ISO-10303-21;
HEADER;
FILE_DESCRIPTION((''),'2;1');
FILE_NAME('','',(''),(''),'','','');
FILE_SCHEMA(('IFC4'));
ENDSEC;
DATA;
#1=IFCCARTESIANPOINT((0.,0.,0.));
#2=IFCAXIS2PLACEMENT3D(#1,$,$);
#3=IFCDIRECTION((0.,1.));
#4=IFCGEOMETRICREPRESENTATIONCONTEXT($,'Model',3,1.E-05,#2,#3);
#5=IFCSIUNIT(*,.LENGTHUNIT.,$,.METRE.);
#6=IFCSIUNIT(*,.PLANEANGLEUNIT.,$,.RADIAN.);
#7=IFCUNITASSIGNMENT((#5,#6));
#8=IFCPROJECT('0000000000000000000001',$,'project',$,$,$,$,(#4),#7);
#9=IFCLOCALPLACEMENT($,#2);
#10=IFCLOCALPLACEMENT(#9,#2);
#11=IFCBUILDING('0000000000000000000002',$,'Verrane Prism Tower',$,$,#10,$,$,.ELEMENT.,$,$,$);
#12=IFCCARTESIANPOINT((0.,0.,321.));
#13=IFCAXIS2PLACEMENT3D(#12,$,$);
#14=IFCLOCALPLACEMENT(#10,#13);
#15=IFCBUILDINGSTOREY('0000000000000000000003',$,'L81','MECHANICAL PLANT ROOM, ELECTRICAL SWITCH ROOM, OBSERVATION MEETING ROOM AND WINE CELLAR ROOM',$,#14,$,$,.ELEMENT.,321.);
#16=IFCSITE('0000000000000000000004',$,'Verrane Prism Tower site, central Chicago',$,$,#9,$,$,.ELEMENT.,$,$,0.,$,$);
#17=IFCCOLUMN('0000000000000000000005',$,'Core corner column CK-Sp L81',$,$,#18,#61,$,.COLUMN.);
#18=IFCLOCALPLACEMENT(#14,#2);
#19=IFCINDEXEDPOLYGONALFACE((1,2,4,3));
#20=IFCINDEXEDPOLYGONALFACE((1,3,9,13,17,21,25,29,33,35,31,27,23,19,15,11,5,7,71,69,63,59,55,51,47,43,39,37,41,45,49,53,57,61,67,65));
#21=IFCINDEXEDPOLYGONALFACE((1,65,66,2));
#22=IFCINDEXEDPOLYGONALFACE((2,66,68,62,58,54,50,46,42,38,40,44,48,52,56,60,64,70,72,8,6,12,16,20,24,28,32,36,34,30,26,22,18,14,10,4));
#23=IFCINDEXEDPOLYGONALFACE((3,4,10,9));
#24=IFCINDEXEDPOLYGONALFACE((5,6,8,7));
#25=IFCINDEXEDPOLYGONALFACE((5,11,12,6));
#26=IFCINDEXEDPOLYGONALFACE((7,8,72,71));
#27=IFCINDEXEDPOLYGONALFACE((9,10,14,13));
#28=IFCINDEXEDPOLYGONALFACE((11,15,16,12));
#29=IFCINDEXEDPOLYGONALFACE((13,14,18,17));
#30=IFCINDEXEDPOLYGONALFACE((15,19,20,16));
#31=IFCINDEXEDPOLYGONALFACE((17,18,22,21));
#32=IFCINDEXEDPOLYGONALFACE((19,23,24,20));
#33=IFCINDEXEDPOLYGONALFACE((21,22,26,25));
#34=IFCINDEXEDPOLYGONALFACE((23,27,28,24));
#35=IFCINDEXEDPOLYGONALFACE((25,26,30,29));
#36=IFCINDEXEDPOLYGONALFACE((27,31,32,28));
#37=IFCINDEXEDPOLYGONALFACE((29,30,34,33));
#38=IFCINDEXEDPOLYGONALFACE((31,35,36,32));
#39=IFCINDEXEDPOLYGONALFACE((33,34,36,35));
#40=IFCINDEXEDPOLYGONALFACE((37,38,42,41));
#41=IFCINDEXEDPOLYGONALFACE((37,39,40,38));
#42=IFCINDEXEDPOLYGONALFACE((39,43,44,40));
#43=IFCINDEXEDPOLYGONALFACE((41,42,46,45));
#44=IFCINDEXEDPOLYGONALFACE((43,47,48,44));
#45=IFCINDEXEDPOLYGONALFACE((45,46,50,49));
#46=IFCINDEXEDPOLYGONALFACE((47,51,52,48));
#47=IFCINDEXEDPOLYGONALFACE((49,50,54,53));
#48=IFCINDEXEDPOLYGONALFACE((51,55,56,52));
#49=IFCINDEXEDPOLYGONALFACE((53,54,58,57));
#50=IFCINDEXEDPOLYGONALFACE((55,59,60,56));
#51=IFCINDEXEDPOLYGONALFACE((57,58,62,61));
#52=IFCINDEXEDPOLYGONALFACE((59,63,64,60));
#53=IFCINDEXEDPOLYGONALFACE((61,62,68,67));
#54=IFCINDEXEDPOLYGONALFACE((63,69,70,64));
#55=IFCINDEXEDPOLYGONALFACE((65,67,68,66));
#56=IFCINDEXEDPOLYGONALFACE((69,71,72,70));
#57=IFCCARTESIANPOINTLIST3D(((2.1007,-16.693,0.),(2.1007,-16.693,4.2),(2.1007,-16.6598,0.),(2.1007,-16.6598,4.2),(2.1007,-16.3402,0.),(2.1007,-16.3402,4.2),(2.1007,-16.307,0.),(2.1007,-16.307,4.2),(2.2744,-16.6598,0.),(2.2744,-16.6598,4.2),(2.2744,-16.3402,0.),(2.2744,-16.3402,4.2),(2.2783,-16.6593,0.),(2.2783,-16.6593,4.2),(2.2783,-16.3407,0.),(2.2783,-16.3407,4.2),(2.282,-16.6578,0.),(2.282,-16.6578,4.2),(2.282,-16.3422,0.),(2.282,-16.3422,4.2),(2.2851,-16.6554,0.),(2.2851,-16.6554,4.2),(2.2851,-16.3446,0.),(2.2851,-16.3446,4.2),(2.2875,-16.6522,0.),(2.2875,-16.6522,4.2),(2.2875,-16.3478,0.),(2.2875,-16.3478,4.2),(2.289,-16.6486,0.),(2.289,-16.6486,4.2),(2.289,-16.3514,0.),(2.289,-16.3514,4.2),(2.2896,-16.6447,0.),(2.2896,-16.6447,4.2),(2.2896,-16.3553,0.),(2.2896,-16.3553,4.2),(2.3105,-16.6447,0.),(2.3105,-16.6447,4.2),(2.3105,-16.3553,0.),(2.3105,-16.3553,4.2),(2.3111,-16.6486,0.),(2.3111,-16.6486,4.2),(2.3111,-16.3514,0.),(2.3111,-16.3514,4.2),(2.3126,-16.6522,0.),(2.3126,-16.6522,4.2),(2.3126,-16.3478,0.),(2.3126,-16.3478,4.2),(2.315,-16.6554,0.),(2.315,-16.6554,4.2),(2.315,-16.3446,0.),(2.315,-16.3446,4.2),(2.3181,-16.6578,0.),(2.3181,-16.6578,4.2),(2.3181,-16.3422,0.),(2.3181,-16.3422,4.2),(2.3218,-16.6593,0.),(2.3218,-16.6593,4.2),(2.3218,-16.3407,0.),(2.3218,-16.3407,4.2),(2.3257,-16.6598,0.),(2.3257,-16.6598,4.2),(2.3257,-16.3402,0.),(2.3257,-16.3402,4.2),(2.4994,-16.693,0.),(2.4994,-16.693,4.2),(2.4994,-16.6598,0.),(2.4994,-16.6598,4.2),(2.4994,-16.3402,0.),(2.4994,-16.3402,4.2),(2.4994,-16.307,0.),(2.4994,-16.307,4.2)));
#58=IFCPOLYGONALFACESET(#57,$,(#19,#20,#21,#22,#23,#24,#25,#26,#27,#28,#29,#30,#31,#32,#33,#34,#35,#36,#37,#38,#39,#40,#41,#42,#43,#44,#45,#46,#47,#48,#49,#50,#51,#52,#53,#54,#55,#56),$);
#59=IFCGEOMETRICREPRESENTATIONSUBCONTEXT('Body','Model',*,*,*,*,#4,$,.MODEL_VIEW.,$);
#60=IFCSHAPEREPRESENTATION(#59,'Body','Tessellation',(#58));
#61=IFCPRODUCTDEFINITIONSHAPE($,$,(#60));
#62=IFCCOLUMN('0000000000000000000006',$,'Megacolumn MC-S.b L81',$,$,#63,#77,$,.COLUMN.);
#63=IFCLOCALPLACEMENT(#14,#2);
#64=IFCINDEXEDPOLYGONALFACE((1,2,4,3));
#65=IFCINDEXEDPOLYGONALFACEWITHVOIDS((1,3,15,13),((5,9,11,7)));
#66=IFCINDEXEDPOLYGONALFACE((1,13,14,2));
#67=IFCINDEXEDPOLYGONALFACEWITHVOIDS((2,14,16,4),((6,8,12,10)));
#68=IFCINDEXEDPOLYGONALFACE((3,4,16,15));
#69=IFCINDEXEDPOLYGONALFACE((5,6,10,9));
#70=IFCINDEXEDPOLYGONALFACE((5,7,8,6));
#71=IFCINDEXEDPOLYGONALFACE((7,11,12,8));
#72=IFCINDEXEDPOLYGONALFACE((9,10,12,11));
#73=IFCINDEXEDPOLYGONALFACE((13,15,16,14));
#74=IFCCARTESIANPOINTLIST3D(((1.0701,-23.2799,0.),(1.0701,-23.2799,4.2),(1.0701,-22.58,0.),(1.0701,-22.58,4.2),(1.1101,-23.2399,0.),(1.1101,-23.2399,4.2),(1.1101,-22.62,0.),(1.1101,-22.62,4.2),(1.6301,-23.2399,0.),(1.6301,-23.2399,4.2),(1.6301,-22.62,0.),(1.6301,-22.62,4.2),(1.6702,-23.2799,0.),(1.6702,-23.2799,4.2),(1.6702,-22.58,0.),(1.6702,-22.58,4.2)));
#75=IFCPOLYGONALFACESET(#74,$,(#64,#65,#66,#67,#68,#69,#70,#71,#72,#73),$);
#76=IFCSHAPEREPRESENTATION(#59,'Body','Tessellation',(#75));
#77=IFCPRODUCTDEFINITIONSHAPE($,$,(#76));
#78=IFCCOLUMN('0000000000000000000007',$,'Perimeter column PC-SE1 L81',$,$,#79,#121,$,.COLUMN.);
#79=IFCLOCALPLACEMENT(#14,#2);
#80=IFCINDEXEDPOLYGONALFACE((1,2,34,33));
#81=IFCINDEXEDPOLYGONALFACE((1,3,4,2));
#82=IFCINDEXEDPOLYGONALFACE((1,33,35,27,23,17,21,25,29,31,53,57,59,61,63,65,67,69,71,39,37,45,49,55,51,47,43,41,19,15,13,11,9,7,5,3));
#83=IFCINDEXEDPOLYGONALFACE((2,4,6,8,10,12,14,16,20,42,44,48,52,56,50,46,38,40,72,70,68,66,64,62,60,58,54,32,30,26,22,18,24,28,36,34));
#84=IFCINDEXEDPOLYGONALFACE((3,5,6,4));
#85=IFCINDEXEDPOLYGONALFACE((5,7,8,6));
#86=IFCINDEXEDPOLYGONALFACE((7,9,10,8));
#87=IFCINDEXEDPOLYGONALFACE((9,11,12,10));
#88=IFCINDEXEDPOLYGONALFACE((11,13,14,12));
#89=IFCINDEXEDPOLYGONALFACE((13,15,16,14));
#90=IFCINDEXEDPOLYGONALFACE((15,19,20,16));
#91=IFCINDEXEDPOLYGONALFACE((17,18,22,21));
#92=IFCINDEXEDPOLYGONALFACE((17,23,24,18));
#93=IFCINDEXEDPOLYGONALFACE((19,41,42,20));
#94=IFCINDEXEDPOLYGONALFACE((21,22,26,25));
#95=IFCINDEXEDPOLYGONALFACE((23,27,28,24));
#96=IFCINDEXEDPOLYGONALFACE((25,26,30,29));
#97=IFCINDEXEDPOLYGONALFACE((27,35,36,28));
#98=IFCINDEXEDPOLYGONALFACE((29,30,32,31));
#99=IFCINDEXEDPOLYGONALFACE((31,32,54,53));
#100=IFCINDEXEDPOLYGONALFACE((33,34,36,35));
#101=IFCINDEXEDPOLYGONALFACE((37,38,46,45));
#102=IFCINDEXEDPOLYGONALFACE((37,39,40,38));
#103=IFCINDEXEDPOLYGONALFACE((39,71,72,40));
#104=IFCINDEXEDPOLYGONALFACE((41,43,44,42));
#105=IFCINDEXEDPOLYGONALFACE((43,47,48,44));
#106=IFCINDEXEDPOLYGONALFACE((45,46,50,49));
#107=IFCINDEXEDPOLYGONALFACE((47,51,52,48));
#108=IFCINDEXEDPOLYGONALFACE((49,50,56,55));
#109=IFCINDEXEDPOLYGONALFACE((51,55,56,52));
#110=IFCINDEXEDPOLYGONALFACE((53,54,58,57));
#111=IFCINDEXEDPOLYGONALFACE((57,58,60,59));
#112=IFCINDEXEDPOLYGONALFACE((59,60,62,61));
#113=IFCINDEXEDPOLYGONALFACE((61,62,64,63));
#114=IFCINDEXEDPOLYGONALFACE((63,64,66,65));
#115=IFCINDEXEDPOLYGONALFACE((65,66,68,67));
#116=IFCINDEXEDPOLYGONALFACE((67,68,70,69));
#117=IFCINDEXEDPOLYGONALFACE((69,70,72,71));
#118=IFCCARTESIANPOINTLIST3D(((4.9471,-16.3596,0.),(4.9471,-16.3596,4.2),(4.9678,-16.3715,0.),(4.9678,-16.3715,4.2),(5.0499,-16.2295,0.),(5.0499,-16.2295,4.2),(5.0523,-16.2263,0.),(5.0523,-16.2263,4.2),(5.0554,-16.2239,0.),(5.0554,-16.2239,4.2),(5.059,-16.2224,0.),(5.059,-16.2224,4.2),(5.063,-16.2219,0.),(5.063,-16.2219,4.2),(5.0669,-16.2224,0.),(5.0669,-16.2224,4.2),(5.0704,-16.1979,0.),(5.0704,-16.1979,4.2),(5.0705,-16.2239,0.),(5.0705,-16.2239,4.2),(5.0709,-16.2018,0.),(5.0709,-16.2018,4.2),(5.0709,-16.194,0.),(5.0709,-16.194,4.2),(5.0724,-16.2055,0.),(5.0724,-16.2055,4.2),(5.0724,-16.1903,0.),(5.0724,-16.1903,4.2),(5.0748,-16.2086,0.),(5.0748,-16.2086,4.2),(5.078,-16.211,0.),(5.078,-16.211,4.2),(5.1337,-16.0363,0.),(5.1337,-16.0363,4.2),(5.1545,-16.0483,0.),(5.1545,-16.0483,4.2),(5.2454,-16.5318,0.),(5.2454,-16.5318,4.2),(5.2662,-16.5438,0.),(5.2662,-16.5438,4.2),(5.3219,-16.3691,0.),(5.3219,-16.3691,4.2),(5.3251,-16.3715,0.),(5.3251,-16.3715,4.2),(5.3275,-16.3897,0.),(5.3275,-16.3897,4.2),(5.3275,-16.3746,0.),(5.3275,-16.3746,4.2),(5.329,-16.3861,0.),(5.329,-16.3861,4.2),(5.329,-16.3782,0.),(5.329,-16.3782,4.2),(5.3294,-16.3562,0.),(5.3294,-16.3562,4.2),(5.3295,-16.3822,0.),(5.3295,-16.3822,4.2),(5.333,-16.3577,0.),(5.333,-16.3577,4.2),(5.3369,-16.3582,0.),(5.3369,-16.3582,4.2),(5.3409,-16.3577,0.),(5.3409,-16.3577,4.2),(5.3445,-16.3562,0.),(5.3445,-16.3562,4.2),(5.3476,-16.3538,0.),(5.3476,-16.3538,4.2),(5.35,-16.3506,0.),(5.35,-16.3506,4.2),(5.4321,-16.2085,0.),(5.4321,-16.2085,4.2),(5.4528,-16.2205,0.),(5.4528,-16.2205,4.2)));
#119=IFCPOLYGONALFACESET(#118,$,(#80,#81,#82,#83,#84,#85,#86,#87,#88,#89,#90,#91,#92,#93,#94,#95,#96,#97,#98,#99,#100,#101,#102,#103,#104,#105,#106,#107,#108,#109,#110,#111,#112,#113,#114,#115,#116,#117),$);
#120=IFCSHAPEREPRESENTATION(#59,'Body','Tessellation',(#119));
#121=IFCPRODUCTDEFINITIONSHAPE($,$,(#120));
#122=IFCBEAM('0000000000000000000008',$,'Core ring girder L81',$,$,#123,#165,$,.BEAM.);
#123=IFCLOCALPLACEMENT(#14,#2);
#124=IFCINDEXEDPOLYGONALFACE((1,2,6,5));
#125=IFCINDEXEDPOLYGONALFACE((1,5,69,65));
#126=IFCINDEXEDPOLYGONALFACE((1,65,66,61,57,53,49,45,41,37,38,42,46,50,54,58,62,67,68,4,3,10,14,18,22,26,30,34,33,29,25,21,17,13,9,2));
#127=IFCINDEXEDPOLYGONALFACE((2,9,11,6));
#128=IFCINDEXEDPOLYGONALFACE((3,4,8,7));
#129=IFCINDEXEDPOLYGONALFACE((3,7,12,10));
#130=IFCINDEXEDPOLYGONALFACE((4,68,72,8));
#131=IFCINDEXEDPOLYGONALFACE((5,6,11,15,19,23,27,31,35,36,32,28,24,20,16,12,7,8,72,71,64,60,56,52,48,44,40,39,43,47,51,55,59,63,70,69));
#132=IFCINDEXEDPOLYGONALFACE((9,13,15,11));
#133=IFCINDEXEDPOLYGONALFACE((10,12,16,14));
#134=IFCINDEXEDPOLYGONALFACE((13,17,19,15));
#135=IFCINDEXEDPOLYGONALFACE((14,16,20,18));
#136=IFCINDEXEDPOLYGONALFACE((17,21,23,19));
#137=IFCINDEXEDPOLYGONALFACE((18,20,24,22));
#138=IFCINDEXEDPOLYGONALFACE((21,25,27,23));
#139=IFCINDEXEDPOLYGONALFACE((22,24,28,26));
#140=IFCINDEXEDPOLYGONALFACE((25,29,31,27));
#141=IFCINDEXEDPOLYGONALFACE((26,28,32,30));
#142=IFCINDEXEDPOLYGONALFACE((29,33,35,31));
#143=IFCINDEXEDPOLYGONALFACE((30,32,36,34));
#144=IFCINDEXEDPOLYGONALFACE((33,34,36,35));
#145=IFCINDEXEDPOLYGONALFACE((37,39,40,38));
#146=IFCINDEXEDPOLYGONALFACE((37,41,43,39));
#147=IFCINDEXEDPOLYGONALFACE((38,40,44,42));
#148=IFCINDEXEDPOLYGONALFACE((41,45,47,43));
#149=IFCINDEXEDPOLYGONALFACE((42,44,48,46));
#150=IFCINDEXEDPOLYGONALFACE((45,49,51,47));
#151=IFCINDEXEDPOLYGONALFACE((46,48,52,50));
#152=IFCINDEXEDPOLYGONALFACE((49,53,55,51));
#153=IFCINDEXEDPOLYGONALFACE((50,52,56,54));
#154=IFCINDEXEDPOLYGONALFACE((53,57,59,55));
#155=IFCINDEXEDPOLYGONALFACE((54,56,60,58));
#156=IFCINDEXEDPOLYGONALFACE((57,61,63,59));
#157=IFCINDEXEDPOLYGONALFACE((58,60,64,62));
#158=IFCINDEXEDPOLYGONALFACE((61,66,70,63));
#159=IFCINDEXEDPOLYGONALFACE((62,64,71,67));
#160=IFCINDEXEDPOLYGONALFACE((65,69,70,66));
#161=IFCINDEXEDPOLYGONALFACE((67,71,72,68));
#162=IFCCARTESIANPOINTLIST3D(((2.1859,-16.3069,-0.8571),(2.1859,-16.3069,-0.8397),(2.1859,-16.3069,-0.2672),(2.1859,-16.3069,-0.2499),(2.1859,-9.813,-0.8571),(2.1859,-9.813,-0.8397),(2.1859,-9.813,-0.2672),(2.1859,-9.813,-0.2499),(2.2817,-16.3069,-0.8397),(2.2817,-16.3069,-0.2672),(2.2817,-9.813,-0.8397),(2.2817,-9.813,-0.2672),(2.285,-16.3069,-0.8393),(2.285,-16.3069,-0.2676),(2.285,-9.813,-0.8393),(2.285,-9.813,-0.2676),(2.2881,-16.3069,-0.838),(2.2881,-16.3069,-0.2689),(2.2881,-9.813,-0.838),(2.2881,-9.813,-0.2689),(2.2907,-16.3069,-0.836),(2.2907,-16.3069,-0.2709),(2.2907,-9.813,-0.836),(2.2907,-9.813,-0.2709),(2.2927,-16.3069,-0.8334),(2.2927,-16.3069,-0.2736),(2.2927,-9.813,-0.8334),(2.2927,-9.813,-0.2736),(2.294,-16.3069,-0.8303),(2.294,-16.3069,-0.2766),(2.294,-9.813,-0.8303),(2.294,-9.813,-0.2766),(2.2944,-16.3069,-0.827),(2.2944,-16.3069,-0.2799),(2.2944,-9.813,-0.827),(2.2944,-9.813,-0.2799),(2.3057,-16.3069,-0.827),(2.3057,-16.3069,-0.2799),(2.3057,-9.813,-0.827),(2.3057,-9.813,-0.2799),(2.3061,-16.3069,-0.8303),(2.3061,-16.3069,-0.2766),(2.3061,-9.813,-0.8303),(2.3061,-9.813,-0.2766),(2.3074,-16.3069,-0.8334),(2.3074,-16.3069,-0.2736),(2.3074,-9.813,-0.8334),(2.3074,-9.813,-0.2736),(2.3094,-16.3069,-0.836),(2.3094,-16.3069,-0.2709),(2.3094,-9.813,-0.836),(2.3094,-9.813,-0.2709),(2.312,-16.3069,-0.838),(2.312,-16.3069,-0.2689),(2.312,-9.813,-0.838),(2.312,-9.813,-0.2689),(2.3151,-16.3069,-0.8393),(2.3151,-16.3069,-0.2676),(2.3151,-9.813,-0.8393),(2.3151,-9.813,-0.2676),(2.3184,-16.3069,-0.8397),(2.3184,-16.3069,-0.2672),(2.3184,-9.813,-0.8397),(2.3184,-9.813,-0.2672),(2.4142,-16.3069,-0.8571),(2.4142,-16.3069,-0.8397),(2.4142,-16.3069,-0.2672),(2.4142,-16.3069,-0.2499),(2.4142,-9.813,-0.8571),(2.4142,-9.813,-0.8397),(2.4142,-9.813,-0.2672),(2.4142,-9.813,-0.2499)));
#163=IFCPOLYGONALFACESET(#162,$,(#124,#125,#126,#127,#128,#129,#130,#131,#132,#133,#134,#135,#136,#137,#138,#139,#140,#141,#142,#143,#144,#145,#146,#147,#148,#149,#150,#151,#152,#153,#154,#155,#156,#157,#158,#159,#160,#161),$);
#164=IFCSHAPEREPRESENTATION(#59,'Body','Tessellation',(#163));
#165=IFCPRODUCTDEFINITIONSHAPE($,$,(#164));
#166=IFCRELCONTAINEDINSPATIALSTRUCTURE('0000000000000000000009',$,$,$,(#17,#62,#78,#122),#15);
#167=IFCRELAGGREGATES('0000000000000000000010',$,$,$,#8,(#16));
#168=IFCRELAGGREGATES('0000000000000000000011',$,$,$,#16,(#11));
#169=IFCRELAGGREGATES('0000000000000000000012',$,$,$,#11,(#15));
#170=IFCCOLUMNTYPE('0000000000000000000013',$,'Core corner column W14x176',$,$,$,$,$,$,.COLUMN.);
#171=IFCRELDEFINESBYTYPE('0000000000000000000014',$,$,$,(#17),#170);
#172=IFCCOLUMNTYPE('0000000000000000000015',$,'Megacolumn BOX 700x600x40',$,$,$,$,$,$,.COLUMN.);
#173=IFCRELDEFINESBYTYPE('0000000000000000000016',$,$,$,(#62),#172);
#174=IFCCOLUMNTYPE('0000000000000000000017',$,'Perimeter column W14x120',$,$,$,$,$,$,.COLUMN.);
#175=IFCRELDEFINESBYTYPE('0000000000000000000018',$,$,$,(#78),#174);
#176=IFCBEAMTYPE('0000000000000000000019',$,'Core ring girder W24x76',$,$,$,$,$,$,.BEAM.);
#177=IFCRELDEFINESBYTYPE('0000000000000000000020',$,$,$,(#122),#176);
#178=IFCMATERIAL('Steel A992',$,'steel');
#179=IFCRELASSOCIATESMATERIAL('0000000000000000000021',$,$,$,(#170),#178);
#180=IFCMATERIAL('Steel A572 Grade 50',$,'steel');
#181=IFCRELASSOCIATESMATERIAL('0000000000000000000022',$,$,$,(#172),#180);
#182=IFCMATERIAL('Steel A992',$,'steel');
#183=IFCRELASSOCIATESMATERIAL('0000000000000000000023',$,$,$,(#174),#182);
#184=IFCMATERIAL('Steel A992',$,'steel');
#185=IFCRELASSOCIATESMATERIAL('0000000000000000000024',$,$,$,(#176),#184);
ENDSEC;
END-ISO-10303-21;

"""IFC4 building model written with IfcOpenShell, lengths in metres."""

from ifc_helpers import new_model, si_unit, direction, frame, origin, origin_2d, place, context, subcontext, project, spatial, hollow_rectangle, i_section, extrude, material, material_profile, profile_set, type_object, element, save


model = new_model("IFC4")

# Units and contexts
model_context = context("Model", 3, precision=1e-05, world=origin(), true_north=direction((0.0, 1.0)))
body_context = subcontext(model_context, "Body", "Model", "MODEL_VIEW")
ifc_project = project(units=[si_unit("LENGTHUNIT", "METRE"), si_unit("PLANEANGLEUNIT", "RADIAN")], contexts=[model_context])

# Site, building, storey
site_placement = place(None, origin())
site = spatial("IfcSite", under=ifc_project, at=site_placement, Name="Verrane Prism Tower site, central Chicago", CompositionType="ELEMENT", RefElevation=0.0)
building_placement = place(site_placement, origin())
building = spatial("IfcBuilding", under=site, at=building_placement, Name="Verrane Prism Tower", CompositionType="ELEMENT")
storey_placement = place(building_placement, frame((0.0, 0.0, 321.0)))
storey = spatial("IfcBuildingStorey", under=building, at=storey_placement, Name="L81", Description="MECHANICAL PLANT ROOM, ELECTRICAL SWITCH ROOM, OBSERVATION MEETING ROOM AND WINE CELLAR ROOM", CompositionType="ELEMENT", Elevation=321.0)

# Columns
ifc_material_1 = material(Name="Steel A992", Category="steel")
ifc_material_profile_1 = material_profile(ifc_material_1, i_section(OverallWidth=0.3987, OverallDepth=0.386, WebThickness=0.021, FlangeThickness=0.0332, FilletRadius=0.0151, at=origin_2d()), Name="W14x176")
ifc_profile_set_1 = profile_set([ifc_material_profile_1], Name="Steel A992")
column_type_1 = type_object("IfcColumnType", Name="Core corner column W14x176", PredefinedType="COLUMN", material=ifc_profile_set_1)
column_1_placement = place(storey_placement, frame((2.3, -16.5, 0.0), z_axis=(0.0, 0.0, 1.0), x_axis=(-1.0, 0.0, 0.0)))
element("IfcColumn", 1, at=column_1_placement, inside=storey, type_object=column_type_1, Name="Core corner column CK-Sp L81", PredefinedType="COLUMN", context=body_context, shape_type="SweptSolid", body=[
    extrude(i_section(OverallWidth=0.3987, OverallDepth=0.386, WebThickness=0.021, FlangeThickness=0.0332, FilletRadius=0.0151, at=origin_2d()), origin(), (0.0, 0.0, 1.0), 4.2),
])
ifc_material_2 = material(Name="Steel A572 Grade 50", Category="steel")
ifc_material_profile_2 = material_profile(ifc_material_2, hollow_rectangle(XDim=0.6001, YDim=0.7, WallThickness=0.04, at=origin_2d()), Name="BOX 700x600x40")
ifc_profile_set_2 = profile_set([ifc_material_profile_2], Name="Steel A572 Grade 50")
column_type_2 = type_object("IfcColumnType", Name="Megacolumn BOX 700x600x40", PredefinedType="COLUMN", material=ifc_profile_set_2)
column_2_placement = place(storey_placement, frame((1.3701, -22.9299, 0.0), z_axis=(0.0, 0.0, 1.0), x_axis=(-1.0, 0.0, 0.0)))
element("IfcColumn", 2, at=column_2_placement, inside=storey, type_object=column_type_2, Name="Megacolumn MC-S.b L81", PredefinedType="COLUMN", context=body_context, shape_type="SweptSolid", body=[
    extrude(hollow_rectangle(XDim=0.6001, YDim=0.7, WallThickness=0.04, at=origin_2d()), origin(), (0.0, 0.0, 1.0), 4.2),
])
ifc_material_3 = material(Name="Steel A992", Category="steel")
ifc_material_profile_3 = material_profile(ifc_material_3, i_section(OverallWidth=0.3733, OverallDepth=0.3684, WebThickness=0.0149, FlangeThickness=0.0239, FilletRadius=0.0151, at=origin_2d()), Name="W14x120")
ifc_profile_set_3 = profile_set([ifc_material_profile_3], Name="Steel A992")
column_type_3 = type_object("IfcColumnType", Name="Perimeter column W14x120", PredefinedType="COLUMN", material=ifc_profile_set_3)
column_3_placement = place(storey_placement, frame((5.2, -16.29, 0.0), z_axis=(0.0, 0.0, 1.0), x_axis=(-0.5, -0.866025, 0.0)))
element("IfcColumn", 3, at=column_3_placement, inside=storey, type_object=column_type_3, Name="Perimeter column PC-SE1 L81", PredefinedType="COLUMN", context=body_context, shape_type="SweptSolid", body=[
    extrude(i_section(OverallWidth=0.3733, OverallDepth=0.3684, WebThickness=0.0149, FlangeThickness=0.0239, FilletRadius=0.0151, at=origin_2d()), origin(), (0.0, 0.0, 1.0), 4.2),
])

# Beam
ifc_material_4 = material(Name="Steel A992", Category="steel")
ifc_material_profile_4 = material_profile(ifc_material_4, i_section(OverallWidth=0.2283, OverallDepth=0.6072, WebThickness=0.0112, FlangeThickness=0.0173, FilletRadius=0.0127, at=origin_2d()), Name="W24x76")
ifc_profile_set_4 = profile_set([ifc_material_profile_4], Name="Steel A992")
beam_type_1 = type_object("IfcBeamType", Name="Core ring girder W24x76", PredefinedType="BEAM", material=ifc_profile_set_4)
beam_1_placement = place(storey_placement, frame((2.3, -16.3069, -0.5535), z_axis=(0.0, 1.0, 0.0), x_axis=(-1.0, 0.0, 0.0)))
element("IfcBeam", 4, at=beam_1_placement, inside=storey, type_object=beam_type_1, Name="Core ring girder L81", PredefinedType="BEAM", context=body_context, shape_type="SweptSolid", body=[
    extrude(i_section(OverallWidth=0.2283, OverallDepth=0.6072, WebThickness=0.0112, FlangeThickness=0.0173, FilletRadius=0.0127, at=origin_2d()), origin(), (0.0, 0.0, 1.0), 6.4939),
])

save(model, "model.ifc")
